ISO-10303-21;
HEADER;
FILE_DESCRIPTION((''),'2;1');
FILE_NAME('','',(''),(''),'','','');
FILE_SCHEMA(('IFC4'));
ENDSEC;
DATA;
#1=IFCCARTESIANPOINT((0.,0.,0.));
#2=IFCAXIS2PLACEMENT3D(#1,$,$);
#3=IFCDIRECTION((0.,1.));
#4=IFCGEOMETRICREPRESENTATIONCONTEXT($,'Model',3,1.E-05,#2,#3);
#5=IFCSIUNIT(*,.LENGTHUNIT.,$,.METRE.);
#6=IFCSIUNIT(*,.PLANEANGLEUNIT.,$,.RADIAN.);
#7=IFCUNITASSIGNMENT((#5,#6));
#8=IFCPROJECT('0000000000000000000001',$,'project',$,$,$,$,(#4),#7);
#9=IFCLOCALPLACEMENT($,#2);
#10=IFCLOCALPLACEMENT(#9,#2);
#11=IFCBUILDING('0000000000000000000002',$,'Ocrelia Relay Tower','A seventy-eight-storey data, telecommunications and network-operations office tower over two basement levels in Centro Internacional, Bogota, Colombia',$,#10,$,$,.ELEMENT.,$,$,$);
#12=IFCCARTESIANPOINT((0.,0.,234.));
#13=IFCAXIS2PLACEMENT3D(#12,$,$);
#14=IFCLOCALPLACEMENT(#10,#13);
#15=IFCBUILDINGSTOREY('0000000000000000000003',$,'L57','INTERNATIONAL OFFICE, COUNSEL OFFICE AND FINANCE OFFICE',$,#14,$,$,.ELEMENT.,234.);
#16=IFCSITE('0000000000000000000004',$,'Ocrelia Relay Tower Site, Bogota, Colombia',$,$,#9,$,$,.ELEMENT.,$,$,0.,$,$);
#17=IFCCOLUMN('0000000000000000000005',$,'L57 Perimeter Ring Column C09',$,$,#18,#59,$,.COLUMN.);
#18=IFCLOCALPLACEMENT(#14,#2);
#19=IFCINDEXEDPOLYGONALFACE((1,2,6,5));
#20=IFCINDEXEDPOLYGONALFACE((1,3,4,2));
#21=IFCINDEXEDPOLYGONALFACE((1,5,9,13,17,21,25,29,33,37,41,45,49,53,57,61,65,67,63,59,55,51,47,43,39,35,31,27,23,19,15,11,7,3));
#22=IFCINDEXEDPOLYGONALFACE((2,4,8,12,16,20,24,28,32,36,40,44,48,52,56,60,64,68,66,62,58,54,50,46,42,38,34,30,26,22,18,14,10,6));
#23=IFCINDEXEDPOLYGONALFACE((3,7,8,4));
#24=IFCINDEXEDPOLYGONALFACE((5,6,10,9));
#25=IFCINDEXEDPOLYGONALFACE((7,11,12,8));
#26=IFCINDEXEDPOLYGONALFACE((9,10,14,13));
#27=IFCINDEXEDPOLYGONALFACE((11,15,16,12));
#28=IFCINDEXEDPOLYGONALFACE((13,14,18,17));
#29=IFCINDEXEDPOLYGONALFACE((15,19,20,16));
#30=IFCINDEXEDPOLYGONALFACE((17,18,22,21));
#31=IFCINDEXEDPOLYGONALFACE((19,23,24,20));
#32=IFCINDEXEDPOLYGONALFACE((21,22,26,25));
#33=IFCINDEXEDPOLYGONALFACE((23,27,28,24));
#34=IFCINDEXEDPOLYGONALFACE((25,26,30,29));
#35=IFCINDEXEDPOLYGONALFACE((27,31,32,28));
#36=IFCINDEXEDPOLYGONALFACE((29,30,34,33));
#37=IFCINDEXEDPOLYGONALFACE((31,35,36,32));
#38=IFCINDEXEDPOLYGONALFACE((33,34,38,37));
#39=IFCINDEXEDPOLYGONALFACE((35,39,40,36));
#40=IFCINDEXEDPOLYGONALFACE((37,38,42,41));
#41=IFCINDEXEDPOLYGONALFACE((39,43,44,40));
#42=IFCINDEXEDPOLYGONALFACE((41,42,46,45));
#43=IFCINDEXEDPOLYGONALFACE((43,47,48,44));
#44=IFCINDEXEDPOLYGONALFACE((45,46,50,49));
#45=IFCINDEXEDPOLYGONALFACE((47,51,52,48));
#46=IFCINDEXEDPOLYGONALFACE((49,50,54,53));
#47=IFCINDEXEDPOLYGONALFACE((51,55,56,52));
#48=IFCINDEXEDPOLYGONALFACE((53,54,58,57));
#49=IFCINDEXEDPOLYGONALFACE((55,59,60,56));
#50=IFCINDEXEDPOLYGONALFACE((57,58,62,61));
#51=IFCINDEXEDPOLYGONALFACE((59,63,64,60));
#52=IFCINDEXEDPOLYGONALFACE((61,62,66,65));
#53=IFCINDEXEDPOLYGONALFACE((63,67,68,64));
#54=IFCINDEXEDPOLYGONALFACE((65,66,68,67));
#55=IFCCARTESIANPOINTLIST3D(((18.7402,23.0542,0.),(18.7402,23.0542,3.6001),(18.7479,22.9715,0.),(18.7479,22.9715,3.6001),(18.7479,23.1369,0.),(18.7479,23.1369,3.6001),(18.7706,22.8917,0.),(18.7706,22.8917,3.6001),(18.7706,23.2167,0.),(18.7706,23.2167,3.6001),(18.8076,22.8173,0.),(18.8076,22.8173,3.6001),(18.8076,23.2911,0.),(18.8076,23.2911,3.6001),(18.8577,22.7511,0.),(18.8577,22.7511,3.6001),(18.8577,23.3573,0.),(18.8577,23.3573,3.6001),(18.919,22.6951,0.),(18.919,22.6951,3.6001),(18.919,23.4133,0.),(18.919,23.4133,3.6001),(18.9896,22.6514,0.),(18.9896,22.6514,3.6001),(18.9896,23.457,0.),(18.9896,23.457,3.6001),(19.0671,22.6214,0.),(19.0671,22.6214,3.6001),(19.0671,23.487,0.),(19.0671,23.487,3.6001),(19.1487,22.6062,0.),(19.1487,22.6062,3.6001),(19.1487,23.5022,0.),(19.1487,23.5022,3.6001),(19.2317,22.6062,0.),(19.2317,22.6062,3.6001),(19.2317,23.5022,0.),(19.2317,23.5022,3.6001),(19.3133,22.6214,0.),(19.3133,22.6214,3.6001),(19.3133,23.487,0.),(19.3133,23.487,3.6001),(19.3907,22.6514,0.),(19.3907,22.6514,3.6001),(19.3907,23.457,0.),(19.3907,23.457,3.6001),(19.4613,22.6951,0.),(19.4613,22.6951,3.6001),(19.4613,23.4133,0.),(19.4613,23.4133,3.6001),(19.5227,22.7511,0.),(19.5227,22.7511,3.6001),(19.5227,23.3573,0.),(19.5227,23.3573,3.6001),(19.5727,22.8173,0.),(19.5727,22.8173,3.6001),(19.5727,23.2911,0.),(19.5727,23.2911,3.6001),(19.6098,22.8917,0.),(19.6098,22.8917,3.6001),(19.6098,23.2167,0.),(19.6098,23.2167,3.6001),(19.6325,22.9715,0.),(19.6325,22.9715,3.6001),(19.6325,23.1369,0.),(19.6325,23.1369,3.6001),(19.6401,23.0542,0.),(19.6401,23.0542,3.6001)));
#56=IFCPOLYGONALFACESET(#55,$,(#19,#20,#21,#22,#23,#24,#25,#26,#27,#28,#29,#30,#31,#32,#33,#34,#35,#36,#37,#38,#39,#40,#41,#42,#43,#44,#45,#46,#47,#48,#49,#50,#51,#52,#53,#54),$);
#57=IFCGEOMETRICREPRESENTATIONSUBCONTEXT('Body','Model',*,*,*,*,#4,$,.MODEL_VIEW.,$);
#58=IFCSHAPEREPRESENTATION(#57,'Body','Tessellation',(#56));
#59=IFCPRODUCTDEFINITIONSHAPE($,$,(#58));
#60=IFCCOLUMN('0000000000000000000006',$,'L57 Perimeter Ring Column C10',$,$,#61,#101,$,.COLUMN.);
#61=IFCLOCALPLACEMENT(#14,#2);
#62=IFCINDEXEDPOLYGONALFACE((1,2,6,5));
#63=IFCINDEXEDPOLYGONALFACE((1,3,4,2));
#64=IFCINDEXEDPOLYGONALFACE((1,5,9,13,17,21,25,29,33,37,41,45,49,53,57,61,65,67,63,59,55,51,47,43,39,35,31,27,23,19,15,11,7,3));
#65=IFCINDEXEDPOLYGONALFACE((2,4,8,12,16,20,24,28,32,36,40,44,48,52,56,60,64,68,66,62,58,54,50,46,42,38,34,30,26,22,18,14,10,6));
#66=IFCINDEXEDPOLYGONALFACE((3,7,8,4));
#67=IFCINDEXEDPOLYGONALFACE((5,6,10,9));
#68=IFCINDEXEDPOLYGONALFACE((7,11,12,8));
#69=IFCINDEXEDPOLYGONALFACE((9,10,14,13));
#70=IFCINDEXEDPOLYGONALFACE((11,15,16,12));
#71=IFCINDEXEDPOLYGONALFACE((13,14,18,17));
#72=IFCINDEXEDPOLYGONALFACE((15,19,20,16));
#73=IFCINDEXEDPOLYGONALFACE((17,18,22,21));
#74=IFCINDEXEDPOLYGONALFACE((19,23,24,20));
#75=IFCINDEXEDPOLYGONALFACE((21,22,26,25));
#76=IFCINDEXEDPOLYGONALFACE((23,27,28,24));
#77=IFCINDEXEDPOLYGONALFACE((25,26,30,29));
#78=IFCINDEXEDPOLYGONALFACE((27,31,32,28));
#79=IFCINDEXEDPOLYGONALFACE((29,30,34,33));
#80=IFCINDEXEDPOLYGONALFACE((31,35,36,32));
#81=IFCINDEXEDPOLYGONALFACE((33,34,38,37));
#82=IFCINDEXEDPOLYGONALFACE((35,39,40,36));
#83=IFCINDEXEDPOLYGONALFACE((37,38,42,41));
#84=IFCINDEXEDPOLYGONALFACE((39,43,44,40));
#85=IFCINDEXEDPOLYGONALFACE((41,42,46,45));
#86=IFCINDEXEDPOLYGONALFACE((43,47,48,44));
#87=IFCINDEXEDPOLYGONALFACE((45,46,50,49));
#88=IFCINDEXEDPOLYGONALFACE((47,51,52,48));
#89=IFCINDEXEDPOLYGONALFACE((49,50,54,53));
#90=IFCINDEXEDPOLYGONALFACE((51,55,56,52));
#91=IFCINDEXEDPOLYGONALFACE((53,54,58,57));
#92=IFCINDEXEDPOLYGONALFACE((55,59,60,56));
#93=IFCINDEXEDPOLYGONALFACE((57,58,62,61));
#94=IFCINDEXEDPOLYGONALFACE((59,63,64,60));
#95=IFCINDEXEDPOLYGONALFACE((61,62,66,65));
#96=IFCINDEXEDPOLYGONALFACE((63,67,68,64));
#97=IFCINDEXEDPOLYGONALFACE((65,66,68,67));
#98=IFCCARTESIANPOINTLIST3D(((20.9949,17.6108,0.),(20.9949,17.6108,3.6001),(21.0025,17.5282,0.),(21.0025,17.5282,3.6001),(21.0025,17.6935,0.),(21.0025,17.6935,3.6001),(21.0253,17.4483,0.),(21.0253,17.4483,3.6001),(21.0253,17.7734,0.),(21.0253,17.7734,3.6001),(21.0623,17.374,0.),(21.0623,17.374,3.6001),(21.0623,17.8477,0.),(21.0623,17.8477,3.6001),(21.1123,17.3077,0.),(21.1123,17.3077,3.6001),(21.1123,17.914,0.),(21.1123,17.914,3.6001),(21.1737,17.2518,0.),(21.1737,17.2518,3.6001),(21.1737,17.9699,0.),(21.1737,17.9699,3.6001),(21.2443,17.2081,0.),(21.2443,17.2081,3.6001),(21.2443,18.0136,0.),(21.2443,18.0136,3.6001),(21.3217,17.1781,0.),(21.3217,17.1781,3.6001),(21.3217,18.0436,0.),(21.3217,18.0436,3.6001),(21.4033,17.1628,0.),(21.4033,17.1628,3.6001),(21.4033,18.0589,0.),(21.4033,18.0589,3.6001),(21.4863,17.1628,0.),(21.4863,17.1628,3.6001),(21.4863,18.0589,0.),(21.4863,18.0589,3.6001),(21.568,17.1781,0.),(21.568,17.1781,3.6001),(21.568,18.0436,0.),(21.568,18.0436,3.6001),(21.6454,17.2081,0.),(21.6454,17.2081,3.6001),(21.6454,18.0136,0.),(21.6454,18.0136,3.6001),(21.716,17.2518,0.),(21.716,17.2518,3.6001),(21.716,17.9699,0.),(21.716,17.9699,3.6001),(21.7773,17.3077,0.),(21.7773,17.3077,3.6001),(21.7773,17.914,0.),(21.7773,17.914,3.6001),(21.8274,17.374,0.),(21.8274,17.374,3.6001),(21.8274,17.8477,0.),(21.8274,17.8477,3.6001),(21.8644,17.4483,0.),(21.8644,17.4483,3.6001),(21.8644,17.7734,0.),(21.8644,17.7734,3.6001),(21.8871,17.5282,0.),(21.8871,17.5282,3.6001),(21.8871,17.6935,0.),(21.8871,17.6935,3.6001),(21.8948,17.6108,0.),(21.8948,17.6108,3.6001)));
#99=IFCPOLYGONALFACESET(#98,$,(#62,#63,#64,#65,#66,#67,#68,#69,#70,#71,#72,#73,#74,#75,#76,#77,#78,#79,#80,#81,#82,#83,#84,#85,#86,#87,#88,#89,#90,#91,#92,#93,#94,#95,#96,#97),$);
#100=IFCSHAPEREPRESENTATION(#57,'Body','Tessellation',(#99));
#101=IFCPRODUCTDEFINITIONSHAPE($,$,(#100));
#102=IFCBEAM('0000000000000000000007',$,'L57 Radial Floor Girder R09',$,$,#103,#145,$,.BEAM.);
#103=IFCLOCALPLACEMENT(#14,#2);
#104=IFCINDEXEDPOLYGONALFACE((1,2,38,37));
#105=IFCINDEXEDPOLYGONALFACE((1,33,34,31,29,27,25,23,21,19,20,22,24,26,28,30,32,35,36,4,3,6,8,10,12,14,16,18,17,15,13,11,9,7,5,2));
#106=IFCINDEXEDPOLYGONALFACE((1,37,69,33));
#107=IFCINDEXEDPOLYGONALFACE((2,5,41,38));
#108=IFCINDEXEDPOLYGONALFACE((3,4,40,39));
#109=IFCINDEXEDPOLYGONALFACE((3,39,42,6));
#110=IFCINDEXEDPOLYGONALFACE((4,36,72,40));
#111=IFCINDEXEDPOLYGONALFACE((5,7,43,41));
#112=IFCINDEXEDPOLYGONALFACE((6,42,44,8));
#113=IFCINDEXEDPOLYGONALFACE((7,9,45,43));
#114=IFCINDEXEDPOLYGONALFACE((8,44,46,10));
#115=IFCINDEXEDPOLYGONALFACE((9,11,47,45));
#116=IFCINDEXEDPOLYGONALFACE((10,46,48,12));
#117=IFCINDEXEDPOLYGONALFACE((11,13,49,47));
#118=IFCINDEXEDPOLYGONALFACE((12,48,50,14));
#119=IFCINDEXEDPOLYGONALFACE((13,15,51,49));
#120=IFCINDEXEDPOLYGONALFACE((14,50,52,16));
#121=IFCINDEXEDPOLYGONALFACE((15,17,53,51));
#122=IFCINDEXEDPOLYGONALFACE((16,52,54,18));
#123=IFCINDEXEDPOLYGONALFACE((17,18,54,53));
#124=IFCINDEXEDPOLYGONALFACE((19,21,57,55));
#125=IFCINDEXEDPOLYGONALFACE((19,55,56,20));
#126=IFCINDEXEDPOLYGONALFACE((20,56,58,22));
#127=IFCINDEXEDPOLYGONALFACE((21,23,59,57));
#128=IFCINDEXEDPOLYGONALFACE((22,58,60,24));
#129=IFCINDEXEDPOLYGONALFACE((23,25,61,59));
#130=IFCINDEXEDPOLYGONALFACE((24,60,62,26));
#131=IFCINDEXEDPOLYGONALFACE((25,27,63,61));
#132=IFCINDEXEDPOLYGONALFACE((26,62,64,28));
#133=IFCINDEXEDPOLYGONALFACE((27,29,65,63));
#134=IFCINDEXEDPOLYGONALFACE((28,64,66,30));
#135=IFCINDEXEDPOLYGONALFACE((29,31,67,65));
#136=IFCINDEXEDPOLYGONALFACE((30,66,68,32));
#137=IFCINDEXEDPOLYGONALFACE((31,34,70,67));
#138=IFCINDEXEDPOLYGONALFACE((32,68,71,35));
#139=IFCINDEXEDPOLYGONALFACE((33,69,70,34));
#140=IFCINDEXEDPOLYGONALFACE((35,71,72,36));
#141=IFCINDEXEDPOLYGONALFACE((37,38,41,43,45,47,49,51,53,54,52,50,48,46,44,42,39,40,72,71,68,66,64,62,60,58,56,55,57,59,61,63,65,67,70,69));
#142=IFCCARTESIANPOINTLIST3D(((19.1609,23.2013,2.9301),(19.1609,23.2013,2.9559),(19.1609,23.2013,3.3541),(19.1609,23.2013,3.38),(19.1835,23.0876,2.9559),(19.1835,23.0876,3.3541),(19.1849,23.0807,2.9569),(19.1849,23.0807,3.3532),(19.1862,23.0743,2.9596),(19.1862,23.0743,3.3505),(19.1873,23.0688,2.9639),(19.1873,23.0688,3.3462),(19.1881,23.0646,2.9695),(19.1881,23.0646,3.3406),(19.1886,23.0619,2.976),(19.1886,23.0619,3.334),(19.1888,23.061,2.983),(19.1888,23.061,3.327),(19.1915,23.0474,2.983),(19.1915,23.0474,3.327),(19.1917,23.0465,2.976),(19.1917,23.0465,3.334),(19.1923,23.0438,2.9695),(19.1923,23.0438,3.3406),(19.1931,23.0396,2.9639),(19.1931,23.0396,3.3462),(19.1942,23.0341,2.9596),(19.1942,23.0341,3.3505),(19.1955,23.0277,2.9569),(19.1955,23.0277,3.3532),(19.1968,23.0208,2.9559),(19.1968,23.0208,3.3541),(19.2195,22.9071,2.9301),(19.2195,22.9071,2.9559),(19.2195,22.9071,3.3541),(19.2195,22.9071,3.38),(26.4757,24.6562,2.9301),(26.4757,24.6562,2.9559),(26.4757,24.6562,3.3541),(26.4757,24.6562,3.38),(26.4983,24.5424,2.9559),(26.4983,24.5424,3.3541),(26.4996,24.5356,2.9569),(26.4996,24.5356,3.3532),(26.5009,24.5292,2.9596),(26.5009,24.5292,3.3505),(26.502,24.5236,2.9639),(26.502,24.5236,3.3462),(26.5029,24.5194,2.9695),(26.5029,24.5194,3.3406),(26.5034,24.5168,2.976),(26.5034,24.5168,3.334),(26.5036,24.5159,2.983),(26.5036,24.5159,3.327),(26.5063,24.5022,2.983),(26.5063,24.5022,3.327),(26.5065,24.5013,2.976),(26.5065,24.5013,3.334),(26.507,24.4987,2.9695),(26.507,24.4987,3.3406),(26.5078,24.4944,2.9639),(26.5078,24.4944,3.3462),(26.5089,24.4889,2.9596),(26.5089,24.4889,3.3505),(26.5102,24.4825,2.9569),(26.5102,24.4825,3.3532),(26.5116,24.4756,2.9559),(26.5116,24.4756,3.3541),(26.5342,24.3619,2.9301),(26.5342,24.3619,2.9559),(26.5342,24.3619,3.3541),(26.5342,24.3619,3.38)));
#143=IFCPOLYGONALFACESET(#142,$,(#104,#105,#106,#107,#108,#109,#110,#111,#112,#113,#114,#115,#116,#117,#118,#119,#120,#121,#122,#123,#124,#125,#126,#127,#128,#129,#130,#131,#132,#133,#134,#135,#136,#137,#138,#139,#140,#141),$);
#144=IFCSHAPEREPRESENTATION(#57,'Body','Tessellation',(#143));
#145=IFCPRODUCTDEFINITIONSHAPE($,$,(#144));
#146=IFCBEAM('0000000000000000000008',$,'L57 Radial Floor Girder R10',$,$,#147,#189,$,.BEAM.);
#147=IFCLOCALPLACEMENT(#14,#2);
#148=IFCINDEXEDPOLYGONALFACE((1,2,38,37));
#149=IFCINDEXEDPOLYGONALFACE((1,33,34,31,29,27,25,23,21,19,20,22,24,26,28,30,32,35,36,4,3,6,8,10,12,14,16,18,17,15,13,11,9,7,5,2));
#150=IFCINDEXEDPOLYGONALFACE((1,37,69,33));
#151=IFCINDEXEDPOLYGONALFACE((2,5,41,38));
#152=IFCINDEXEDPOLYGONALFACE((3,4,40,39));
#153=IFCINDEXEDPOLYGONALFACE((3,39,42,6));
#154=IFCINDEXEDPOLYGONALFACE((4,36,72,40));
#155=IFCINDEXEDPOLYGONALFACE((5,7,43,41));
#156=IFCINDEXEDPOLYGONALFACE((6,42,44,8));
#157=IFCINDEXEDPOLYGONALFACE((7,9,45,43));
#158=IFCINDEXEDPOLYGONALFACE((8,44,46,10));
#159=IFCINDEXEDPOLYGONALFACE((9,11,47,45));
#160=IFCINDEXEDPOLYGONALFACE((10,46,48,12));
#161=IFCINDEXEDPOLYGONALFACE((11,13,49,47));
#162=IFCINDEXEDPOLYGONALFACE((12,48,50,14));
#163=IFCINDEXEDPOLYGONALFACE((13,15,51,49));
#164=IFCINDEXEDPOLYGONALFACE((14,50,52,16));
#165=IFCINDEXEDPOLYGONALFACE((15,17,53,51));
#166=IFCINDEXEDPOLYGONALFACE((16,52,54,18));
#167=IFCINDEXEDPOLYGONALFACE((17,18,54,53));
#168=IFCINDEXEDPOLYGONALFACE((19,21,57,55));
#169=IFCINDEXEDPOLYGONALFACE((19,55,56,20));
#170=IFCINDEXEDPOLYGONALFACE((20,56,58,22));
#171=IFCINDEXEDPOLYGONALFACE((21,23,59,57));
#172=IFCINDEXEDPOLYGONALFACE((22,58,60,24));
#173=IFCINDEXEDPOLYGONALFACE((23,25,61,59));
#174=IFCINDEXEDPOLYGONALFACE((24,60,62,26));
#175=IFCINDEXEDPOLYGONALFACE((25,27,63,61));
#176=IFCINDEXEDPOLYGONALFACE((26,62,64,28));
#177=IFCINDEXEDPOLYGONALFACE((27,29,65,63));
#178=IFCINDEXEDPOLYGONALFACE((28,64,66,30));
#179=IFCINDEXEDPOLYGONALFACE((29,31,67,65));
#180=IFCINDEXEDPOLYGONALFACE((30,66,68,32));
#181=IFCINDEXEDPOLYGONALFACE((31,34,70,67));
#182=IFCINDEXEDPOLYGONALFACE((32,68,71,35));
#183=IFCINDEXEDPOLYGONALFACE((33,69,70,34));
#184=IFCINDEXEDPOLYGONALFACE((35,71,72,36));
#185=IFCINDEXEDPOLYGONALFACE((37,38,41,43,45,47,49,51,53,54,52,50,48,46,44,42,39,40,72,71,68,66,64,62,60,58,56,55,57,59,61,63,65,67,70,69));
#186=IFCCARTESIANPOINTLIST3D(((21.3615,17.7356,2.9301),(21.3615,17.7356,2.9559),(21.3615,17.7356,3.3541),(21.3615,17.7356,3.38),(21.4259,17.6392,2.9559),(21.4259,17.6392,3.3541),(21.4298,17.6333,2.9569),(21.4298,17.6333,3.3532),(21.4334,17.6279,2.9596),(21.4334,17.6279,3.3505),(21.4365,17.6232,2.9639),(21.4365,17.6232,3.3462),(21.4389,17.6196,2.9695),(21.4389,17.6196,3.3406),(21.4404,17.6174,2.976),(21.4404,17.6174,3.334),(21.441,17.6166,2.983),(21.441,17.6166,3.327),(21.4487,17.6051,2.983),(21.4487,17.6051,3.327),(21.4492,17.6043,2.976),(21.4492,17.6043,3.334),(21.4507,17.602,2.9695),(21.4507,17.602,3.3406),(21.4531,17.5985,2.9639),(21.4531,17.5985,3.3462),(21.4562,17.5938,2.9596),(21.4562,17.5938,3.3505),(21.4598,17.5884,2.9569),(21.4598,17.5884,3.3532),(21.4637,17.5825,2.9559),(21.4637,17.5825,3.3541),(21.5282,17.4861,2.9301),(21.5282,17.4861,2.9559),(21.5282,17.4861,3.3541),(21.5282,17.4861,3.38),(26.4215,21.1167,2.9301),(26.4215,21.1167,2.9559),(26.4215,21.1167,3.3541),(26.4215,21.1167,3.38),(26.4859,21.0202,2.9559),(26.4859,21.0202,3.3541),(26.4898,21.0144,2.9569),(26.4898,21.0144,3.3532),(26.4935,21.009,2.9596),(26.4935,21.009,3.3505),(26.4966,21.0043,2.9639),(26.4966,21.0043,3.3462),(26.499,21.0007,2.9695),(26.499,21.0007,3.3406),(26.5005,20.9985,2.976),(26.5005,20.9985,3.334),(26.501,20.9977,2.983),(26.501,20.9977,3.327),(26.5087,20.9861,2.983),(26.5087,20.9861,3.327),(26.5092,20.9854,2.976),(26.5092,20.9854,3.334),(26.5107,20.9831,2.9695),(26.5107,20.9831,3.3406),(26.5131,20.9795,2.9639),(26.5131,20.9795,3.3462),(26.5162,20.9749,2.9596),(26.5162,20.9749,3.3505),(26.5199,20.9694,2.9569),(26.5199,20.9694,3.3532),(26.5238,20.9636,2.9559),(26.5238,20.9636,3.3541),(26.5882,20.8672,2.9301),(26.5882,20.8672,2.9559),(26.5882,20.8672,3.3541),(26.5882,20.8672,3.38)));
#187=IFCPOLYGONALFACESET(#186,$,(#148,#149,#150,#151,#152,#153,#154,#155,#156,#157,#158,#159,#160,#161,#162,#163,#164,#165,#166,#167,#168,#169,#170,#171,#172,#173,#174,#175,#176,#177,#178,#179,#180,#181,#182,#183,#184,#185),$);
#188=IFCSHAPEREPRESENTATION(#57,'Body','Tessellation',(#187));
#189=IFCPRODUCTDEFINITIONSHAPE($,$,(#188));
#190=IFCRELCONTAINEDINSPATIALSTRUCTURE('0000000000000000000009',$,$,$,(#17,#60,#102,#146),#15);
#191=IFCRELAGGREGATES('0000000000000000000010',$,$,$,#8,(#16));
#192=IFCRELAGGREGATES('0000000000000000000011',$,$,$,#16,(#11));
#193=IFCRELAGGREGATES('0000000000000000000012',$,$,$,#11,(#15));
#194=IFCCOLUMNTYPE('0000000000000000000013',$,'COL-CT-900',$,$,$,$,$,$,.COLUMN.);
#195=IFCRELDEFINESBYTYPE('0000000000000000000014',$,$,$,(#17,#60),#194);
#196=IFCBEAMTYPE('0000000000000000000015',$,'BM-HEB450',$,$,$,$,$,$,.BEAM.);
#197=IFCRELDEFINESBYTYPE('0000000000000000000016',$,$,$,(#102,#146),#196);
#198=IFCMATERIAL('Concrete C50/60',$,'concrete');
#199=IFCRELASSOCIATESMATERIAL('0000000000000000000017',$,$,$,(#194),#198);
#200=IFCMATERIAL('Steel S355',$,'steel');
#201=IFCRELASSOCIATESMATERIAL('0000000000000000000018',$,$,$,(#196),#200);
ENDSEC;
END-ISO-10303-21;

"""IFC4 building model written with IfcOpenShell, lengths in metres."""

from ifc_helpers import new_model, si_unit, direction, frame, origin, origin_2d, place, context, subcontext, project, spatial, circle, i_section, extrude, material, material_profile, profile_set, type_object, element, save


model = new_model("IFC4")

# Units and contexts
model_context = context("Model", 3, precision=1e-05, world=origin(), true_north=direction((0.0, 1.0)))
body_context = subcontext(model_context, "Body", "Model", "MODEL_VIEW")
ifc_project = project(units=[si_unit("LENGTHUNIT", "METRE"), si_unit("PLANEANGLEUNIT", "RADIAN")], contexts=[model_context])

# Site, building, storey
site_placement = place(None, origin())
site = spatial("IfcSite", under=ifc_project, at=site_placement, Name="Ocrelia Relay Tower Site, Bogota, Colombia", CompositionType="ELEMENT", RefElevation=0.0)
building_placement = place(site_placement, origin())
building = spatial("IfcBuilding", under=site, at=building_placement, Name="Ocrelia Relay Tower", Description="A seventy-eight-storey data, telecommunications and network-operations office tower over two basement levels in Centro Internacional, Bogota, Colombia", CompositionType="ELEMENT")
storey_placement = place(building_placement, frame((0.0, 0.0, 234.0)))
storey = spatial("IfcBuildingStorey", under=building, at=storey_placement, Name="L57", Description="INTERNATIONAL OFFICE, COUNSEL OFFICE AND FINANCE OFFICE", CompositionType="ELEMENT", Elevation=234.0)

# Columns
ifc_material_1 = material(Name="Concrete C50/60", Category="concrete")
ifc_material_profile_1 = material_profile(ifc_material_1, circle(Radius=0.45, at=origin_2d()), Name="RC-CIR-900")
ifc_profile_set_1 = profile_set([ifc_material_profile_1], Name="Concrete C50/60")
column_type = type_object("IfcColumnType", Name="COL-CT-900", PredefinedType="COLUMN", material=ifc_profile_set_1)
for number, where, z_axis, x_axis, name in (
    (1, (19.1902, 23.0542, 0.0), (0.0, 0.0, 1.0), (1.0, 0.0, 0.0), "L57 Perimeter Ring Column C09"),
    (2, (21.4448, 17.6108, 0.0), (0.0, 0.0, 1.0), (1.0, 0.0, 0.0), "L57 Perimeter Ring Column C10"),
):
    element("IfcColumn", number, at=place(storey_placement, frame(where, z_axis=z_axis, x_axis=x_axis)), inside=storey, type_object=column_type, Name=name, PredefinedType="COLUMN", context=body_context, shape_type="SweptSolid", body=[
        extrude(circle(Radius=0.45, at=origin_2d()), origin(), (0.0, 0.0, 1.0), 3.6001),
    ])

# Beams
ifc_material_2 = material(Name="Steel S355", Category="steel")
ifc_material_profile_2 = material_profile(ifc_material_2, i_section(OverallWidth=0.3, OverallDepth=0.45, WebThickness=0.0139, FlangeThickness=0.0259, FilletRadius=0.0271, at=origin_2d()), Name="HEB 450")
ifc_profile_set_2 = profile_set([ifc_material_profile_2], Name="Steel S355")
beam_type = type_object("IfcBeamType", Name="BM-HEB450", PredefinedType="BEAM", material=ifc_profile_set_2)
beam_1_placement = place(storey_placement, frame((19.1902, 23.0542, 3.155), z_axis=(0.980789, 0.195071, 0.0), x_axis=(-0.195071, 0.980789, 0.0)))
element("IfcBeam", 3, at=beam_1_placement, inside=storey, type_object=beam_type, Name="L57 Radial Floor Girder R09", PredefinedType="BEAM", context=body_context, shape_type="SweptSolid", body=[
    extrude(i_section(OverallWidth=0.3, OverallDepth=0.45, WebThickness=0.0139, FlangeThickness=0.0259, FilletRadius=0.0271, at=origin_2d()), origin(), (0.0, 0.0, 1.0), 7.458),
])
beam_2_placement = place(storey_placement, frame((21.4448, 17.6108, 3.155), z_axis=(0.831464, 0.555579, 0.0), x_axis=(-0.555579, 0.831464, 0.0)))
element("IfcBeam", 4, at=beam_2_placement, inside=storey, type_object=beam_type, Name="L57 Radial Floor Girder R10", PredefinedType="BEAM", context=body_context, shape_type="SweptSolid", body=[
    extrude(i_section(OverallWidth=0.3, OverallDepth=0.45, WebThickness=0.0139, FlangeThickness=0.0259, FilletRadius=0.0271, at=origin_2d()), origin(), (0.0, 0.0, 1.0), 6.0857),
])

save(model, "model.ifc")
